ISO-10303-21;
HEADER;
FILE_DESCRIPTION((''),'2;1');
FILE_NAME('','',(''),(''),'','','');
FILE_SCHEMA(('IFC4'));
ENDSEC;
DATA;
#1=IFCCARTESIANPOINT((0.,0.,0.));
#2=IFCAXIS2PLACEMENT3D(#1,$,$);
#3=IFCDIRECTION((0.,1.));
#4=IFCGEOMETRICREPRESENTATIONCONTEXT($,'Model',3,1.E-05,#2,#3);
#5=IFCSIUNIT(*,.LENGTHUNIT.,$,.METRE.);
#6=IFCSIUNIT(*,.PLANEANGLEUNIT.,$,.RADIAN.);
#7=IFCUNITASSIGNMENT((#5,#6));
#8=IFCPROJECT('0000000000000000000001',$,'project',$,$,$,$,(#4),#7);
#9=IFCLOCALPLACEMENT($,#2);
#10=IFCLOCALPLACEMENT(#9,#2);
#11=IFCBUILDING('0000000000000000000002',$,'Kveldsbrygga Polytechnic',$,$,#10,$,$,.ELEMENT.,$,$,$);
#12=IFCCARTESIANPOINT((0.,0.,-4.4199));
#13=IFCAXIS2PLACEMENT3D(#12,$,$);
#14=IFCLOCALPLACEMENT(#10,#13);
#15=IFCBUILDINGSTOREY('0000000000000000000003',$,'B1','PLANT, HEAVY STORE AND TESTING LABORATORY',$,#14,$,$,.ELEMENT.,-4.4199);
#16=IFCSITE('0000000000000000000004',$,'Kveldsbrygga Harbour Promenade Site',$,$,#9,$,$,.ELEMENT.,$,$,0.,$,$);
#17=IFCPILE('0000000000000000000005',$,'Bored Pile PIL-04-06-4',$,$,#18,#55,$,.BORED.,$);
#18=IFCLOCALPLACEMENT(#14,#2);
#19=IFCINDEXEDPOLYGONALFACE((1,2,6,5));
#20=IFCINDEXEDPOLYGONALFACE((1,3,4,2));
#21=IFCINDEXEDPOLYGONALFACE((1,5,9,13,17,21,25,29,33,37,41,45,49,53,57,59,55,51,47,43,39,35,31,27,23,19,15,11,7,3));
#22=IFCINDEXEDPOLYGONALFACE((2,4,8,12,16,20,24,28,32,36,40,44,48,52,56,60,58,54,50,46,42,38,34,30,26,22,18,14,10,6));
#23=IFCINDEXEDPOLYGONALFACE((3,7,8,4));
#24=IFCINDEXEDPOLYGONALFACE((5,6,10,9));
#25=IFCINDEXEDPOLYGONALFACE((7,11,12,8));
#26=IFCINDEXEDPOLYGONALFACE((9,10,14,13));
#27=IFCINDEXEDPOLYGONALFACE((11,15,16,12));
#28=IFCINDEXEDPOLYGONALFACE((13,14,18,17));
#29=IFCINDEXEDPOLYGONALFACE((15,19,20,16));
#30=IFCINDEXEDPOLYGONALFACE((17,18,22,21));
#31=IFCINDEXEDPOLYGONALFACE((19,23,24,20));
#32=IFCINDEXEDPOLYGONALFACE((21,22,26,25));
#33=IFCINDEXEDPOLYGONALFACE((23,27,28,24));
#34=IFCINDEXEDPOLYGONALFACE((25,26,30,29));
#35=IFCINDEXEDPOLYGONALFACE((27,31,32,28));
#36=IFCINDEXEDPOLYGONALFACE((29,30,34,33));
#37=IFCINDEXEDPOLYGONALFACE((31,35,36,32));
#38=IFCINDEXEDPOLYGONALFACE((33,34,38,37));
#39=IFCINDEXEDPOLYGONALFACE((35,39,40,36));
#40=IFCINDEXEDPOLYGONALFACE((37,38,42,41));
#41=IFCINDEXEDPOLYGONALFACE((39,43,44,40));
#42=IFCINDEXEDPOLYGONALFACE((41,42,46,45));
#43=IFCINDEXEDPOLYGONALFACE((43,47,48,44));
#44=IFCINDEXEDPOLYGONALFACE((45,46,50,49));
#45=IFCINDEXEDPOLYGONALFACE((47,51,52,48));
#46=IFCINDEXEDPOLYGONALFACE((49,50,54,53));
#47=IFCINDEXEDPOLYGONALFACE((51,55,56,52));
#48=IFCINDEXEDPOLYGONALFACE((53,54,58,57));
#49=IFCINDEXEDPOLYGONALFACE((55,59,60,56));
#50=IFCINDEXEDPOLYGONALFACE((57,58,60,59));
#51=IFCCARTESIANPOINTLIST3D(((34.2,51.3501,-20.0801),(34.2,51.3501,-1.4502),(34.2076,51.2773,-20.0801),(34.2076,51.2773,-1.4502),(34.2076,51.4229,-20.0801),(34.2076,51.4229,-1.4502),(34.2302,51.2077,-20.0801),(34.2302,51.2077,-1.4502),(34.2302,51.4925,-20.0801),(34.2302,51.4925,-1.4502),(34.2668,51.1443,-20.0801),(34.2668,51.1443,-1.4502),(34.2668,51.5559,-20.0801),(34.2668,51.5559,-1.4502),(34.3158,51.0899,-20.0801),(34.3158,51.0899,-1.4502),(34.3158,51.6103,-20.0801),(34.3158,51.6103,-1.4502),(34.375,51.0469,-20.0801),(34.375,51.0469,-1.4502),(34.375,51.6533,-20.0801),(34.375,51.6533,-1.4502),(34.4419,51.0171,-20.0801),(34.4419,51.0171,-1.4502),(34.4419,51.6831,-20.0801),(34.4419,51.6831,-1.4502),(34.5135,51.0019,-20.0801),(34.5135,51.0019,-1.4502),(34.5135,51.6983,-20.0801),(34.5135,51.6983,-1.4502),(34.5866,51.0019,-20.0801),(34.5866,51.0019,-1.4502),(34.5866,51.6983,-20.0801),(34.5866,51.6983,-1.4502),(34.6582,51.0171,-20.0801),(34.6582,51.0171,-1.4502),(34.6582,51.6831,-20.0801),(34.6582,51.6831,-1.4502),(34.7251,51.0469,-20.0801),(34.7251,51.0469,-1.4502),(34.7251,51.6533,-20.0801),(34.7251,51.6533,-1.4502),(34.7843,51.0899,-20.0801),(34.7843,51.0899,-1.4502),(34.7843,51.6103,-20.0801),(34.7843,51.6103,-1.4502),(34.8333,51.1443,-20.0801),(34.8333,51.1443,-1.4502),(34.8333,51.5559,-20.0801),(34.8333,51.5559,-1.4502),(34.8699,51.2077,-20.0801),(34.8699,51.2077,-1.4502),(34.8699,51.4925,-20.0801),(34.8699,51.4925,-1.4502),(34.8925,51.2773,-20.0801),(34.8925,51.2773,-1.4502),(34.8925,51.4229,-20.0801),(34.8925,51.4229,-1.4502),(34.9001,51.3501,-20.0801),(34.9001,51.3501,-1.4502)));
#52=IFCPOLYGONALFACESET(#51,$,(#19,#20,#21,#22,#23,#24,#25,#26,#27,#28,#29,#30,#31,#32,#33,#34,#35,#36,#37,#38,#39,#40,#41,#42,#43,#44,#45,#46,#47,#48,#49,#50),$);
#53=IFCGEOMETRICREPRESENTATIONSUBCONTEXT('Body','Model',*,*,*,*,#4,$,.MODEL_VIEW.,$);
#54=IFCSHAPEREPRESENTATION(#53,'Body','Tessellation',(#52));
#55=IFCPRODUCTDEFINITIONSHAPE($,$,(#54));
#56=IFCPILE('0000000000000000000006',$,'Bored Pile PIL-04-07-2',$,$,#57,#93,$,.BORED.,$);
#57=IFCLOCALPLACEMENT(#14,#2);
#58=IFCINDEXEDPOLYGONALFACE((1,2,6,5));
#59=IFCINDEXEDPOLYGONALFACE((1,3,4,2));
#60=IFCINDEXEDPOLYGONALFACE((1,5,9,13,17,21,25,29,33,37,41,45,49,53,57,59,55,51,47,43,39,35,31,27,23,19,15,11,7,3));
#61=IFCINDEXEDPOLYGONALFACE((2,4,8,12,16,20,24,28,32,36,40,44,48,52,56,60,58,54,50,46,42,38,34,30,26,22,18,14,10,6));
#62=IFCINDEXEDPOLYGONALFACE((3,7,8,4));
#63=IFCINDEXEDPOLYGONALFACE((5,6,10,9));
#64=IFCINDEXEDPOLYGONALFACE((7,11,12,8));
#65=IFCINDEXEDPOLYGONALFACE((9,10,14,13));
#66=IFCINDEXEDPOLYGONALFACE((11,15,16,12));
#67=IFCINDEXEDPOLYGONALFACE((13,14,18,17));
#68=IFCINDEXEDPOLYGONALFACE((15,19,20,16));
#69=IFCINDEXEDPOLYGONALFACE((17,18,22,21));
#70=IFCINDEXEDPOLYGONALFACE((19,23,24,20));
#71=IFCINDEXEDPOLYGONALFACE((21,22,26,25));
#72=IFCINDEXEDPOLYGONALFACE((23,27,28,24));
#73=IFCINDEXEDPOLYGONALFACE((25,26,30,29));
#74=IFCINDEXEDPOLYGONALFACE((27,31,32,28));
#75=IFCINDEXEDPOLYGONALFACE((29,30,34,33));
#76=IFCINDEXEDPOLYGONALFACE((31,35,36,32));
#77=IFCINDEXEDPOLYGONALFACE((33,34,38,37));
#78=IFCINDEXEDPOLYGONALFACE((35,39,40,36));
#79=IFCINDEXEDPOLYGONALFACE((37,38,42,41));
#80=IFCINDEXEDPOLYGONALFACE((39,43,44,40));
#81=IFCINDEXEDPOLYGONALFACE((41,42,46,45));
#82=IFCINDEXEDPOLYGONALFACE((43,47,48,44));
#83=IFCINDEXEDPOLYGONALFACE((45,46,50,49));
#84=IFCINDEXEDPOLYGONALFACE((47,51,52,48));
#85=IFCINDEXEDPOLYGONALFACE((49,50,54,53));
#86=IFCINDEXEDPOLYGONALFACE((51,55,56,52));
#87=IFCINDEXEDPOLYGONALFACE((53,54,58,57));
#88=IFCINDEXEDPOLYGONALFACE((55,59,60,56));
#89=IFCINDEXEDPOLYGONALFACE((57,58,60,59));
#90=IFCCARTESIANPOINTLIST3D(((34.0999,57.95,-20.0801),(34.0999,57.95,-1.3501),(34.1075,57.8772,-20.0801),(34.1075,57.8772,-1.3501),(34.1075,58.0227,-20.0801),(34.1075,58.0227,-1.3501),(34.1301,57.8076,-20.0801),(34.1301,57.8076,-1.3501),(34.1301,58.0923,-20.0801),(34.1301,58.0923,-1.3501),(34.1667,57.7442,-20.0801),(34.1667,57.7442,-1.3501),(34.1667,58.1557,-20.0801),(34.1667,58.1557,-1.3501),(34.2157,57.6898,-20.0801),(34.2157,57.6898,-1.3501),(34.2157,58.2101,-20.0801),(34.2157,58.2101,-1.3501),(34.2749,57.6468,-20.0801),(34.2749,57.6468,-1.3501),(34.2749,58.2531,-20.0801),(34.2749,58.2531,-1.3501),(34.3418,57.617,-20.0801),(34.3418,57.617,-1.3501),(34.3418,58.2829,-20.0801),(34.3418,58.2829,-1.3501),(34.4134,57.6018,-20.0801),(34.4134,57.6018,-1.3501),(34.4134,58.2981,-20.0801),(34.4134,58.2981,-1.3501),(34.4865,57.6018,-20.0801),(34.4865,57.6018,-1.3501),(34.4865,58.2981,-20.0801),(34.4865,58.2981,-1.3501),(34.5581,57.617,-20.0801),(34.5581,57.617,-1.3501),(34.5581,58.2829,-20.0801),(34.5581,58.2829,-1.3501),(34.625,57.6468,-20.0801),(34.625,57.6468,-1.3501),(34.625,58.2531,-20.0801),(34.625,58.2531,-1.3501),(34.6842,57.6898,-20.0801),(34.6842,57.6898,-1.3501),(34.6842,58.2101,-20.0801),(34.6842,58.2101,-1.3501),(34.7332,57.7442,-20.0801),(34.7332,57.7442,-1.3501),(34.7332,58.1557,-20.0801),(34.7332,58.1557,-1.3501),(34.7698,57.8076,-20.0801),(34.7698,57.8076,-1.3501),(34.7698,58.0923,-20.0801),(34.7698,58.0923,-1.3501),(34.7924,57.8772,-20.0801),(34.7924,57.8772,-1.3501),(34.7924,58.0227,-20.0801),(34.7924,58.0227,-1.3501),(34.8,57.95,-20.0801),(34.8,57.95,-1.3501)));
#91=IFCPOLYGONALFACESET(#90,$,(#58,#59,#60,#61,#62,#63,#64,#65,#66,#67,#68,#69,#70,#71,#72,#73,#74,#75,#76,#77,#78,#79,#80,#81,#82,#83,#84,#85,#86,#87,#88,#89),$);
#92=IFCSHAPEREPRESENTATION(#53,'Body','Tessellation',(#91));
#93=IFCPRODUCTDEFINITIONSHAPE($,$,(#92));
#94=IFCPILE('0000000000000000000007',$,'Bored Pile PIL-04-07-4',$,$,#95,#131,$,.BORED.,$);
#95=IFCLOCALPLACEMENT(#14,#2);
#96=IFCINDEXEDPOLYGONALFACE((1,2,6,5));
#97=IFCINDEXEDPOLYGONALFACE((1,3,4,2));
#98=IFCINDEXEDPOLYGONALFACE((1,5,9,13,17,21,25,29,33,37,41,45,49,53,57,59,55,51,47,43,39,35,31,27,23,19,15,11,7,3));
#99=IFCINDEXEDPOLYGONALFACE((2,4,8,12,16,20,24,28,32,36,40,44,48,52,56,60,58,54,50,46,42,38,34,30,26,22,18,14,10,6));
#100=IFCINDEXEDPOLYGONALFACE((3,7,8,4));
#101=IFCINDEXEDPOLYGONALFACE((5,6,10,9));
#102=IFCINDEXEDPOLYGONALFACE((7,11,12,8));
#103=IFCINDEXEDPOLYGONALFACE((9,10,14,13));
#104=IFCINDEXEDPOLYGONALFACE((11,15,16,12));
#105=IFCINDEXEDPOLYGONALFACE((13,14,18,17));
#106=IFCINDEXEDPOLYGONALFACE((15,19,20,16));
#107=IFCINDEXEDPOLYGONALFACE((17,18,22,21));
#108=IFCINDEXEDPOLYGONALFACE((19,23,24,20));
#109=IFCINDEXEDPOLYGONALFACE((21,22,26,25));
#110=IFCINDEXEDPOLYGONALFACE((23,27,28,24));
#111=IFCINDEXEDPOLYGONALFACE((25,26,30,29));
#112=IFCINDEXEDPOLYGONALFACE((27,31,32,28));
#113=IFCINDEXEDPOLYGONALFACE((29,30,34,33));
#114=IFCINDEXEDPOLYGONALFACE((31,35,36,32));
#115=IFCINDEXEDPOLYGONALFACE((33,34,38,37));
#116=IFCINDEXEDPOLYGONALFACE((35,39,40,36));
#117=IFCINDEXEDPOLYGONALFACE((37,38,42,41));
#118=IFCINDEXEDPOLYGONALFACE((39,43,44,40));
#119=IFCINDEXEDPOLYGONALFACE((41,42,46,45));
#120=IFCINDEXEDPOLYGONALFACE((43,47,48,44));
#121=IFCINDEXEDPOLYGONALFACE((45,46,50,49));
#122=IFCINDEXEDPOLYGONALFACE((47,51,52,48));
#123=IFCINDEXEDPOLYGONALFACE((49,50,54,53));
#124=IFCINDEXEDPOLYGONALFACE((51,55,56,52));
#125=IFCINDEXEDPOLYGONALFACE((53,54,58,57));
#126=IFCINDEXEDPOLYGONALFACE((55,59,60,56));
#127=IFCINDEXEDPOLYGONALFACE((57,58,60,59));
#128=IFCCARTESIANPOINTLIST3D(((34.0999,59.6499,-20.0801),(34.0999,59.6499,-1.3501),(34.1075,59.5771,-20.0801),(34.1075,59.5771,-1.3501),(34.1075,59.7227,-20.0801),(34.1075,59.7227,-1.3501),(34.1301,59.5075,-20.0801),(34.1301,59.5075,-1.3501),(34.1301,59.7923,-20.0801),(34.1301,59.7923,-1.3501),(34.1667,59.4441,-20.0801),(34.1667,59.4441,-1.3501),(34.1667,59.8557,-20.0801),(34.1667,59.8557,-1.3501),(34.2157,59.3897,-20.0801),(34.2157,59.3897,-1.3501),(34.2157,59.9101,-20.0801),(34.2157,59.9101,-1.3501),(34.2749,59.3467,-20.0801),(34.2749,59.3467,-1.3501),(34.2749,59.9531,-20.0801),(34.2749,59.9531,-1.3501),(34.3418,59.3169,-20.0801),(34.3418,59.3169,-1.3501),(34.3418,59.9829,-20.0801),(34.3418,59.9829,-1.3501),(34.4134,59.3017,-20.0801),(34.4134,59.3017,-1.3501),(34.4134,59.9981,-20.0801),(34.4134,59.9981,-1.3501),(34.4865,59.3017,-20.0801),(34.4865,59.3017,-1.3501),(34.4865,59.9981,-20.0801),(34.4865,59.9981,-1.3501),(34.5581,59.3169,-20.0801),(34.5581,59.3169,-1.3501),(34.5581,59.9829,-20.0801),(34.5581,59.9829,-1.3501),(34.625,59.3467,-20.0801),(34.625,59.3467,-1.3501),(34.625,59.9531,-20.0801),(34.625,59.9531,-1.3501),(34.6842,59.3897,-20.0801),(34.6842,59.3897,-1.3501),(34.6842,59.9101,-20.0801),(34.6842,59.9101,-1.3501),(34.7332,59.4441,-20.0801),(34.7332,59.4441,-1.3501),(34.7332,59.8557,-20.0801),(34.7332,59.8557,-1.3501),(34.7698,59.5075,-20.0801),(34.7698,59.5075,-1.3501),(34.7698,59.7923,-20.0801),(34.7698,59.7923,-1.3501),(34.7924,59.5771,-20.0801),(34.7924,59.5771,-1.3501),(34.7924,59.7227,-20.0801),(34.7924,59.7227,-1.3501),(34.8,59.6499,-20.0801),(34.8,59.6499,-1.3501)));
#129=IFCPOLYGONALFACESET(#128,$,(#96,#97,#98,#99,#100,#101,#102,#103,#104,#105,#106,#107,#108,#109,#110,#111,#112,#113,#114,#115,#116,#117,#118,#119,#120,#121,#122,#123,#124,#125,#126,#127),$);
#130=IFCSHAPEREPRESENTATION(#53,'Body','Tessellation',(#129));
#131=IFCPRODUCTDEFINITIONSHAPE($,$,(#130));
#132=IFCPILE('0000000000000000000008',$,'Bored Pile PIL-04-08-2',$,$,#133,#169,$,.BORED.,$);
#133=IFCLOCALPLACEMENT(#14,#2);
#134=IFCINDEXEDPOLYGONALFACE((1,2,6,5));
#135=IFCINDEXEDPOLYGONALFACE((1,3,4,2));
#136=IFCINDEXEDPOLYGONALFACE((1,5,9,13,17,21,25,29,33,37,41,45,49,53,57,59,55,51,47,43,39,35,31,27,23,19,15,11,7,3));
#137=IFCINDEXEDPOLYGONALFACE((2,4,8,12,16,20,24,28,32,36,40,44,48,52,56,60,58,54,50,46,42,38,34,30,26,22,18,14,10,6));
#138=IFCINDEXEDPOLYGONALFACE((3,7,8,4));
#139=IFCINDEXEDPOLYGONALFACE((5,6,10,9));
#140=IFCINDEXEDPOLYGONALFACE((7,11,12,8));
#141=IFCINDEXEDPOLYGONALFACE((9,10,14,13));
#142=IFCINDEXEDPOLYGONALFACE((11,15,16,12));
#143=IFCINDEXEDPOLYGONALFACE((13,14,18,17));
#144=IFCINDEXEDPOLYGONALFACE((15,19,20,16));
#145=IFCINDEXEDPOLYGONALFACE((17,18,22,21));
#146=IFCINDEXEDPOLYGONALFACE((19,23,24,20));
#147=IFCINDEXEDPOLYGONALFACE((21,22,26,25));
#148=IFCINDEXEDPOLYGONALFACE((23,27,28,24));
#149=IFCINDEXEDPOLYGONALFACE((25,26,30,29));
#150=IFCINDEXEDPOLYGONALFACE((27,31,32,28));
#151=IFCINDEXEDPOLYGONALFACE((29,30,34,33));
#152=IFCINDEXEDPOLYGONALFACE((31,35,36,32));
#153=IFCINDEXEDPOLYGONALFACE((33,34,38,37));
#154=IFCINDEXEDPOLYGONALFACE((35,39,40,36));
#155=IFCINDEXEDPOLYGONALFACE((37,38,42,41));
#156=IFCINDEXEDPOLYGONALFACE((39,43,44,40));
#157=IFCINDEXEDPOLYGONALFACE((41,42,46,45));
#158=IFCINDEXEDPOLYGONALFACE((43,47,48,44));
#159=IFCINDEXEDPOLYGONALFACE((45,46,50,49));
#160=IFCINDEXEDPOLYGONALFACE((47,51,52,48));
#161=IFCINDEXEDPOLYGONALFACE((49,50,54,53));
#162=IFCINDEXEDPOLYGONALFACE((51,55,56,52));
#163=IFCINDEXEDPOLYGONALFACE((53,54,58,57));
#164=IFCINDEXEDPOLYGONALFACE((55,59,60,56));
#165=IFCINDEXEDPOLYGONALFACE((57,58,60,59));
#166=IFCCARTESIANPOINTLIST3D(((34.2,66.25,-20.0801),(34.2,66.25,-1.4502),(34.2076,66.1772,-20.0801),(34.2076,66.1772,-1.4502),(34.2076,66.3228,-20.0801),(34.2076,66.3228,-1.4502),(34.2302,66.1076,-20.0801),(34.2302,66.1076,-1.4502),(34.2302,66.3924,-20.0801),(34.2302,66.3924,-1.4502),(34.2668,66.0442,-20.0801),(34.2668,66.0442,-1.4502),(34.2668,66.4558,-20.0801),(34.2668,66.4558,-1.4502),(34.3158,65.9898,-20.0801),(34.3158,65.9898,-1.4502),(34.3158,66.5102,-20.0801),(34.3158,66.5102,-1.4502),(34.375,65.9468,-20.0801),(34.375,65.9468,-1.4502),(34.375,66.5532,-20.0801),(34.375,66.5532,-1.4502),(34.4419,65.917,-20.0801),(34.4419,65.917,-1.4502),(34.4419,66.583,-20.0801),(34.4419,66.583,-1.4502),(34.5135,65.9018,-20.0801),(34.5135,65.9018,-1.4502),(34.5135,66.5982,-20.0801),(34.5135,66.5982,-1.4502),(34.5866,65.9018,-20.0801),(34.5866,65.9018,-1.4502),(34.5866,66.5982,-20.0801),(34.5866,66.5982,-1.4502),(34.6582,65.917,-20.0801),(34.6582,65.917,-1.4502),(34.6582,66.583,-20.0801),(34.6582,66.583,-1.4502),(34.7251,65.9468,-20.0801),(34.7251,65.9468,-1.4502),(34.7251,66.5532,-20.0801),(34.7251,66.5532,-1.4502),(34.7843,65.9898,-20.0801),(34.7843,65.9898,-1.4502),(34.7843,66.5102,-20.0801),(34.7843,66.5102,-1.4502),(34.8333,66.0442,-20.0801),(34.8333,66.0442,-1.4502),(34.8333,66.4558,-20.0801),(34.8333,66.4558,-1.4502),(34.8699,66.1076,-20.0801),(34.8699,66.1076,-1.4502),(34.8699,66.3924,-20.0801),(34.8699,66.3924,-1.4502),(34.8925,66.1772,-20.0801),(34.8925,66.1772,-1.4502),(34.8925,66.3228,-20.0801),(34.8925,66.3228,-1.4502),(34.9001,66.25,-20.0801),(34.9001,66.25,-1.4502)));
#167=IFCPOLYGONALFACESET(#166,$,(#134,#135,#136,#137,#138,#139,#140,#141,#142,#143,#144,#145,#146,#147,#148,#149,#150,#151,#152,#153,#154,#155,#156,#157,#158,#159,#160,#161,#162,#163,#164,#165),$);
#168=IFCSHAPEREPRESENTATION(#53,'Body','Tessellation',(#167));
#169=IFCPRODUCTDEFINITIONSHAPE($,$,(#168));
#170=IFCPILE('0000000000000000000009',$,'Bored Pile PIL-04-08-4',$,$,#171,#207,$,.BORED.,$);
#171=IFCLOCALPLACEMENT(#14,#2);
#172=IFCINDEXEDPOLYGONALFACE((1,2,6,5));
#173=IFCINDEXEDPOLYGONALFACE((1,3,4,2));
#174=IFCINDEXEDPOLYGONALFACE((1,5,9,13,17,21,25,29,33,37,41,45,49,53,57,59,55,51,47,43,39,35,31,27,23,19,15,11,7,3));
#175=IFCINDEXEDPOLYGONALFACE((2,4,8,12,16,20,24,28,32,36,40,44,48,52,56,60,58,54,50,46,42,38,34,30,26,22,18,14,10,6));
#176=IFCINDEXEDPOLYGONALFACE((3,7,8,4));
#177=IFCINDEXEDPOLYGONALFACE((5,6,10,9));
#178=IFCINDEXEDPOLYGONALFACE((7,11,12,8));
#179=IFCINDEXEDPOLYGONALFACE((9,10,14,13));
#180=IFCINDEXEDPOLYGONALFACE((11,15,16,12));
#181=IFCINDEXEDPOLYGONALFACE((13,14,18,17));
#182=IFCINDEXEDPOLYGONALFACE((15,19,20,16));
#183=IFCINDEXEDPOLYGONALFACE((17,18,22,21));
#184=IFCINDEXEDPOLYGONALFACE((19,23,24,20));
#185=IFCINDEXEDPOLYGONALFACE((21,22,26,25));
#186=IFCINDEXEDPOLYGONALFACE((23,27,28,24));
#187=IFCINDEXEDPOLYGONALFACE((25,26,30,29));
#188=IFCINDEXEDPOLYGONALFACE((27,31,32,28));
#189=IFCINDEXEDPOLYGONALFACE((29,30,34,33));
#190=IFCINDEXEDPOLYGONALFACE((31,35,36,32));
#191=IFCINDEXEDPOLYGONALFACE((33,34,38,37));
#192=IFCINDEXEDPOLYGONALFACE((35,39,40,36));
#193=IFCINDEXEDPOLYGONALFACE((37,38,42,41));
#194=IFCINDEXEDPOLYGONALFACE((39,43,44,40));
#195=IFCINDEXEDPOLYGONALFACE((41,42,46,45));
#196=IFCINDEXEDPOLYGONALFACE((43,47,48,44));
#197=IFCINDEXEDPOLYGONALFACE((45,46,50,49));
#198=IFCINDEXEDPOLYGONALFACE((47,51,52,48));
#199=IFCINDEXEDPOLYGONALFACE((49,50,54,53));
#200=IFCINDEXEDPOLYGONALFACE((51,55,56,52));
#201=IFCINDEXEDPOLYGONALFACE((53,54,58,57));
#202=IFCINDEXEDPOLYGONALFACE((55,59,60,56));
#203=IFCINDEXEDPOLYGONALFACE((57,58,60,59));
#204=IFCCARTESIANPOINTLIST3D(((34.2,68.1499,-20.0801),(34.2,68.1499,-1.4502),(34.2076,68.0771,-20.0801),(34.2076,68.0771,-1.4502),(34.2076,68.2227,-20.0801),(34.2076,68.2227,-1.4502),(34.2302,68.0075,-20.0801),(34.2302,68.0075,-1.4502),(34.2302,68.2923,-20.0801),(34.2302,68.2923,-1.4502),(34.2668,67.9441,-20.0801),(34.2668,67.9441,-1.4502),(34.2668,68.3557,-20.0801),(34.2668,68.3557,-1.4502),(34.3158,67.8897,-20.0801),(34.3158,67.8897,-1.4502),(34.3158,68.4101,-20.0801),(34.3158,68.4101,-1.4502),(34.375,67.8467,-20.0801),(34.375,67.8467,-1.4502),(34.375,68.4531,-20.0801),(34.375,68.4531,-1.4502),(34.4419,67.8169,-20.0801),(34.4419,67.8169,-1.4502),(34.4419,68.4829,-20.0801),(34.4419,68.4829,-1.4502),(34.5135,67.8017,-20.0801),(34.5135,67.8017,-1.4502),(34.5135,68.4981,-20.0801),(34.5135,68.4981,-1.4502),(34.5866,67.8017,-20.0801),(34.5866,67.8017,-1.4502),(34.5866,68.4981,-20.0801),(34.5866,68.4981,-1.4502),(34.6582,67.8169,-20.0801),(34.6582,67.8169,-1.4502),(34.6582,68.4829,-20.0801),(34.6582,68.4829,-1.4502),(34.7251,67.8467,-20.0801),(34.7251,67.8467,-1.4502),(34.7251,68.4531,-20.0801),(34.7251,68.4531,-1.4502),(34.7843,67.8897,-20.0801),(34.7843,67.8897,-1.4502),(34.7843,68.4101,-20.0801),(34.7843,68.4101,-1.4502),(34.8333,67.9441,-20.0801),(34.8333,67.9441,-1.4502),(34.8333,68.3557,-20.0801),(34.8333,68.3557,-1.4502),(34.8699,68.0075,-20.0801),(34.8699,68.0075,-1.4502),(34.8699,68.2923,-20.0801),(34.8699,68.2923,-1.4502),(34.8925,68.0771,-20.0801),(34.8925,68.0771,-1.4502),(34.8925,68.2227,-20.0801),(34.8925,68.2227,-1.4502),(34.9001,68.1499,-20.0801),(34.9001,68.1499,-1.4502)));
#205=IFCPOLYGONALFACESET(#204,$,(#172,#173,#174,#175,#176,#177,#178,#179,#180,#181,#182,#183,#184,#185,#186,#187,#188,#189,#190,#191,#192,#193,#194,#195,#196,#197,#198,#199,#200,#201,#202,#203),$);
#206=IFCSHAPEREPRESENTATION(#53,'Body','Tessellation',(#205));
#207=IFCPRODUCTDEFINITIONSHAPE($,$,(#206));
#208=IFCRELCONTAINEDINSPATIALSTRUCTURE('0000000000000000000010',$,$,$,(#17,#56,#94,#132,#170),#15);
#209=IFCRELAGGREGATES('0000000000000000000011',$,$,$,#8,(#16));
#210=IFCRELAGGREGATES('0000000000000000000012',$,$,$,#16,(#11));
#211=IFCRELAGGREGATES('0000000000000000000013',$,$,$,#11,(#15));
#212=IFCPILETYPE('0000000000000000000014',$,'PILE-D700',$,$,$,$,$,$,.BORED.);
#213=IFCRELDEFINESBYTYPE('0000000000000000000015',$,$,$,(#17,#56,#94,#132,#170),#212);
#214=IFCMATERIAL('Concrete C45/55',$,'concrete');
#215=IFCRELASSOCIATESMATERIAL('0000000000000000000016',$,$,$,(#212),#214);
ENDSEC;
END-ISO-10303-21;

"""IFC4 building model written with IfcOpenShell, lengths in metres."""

from ifc_helpers import new_model, si_unit, direction, frame, origin, origin_2d, place, context, subcontext, project, spatial, circle, extrude, material, material_profile, profile_set, type_object, element, save


model = new_model("IFC4")

# Units and contexts
model_context = context("Model", 3, precision=1e-05, world=origin(), true_north=direction((0.0, 1.0)))
body_context = subcontext(model_context, "Body", "Model", "MODEL_VIEW")
ifc_project = project(units=[si_unit("LENGTHUNIT", "METRE"), si_unit("PLANEANGLEUNIT", "RADIAN")], contexts=[model_context])

# Site, building, storey
site_placement = place(None, origin())
site = spatial("IfcSite", under=ifc_project, at=site_placement, Name="Kveldsbrygga Harbour Promenade Site", CompositionType="ELEMENT", RefElevation=0.0)
building_placement = place(site_placement, origin())
building = spatial("IfcBuilding", under=site, at=building_placement, Name="Kveldsbrygga Polytechnic", CompositionType="ELEMENT")
storey_placement = place(building_placement, frame((0.0, 0.0, -4.4199)))
storey = spatial("IfcBuildingStorey", under=building, at=storey_placement, Name="B1", Description="PLANT, HEAVY STORE AND TESTING LABORATORY", CompositionType="ELEMENT", Elevation=-4.4199)

# Shared definitions
ifc_material_1 = material(Name="Concrete C45/55", Category="concrete")

# Piles
ifc_material_profile_1 = material_profile(ifc_material_1, circle(Radius=0.3501, at=origin_2d()), Name="PILE D700")
ifc_profile_set_1 = profile_set([ifc_material_profile_1], Name="Concrete C45/55")
pile_type_1 = type_object("IfcPileType", Name="PILE-D700", PredefinedType="BORED", material=ifc_profile_set_1)
for number, where, z_axis, x_axis, name in (
    (1, (34.55, 51.3501, -1.4502), (0.0, 0.0, -1.0), (1.0, 0.0, 0.0), "Bored Pile PIL-04-06-4"),
):
    element("IfcPile", number, at=place(storey_placement, frame(where, z_axis=z_axis, x_axis=x_axis)), inside=storey, type_object=pile_type_1, Name=name, PredefinedType="BORED", context=body_context, shape_type="SweptSolid", body=[
        extrude(circle(Radius=0.3501, at=origin_2d()), origin(), (0.0, 0.0, 1.0), 18.6299),
    ])
for number, where, z_axis, x_axis, name in (
    (2, (34.45, 57.95, -1.3501), (0.0, 0.0, -1.0), (1.0, 0.0, 0.0), "Bored Pile PIL-04-07-2"),
    (3, (34.45, 59.6499, -1.3501), (0.0, 0.0, -1.0), (1.0, 0.0, 0.0), "Bored Pile PIL-04-07-4"),
):
    element("IfcPile", number, at=place(storey_placement, frame(where, z_axis=z_axis, x_axis=x_axis)), inside=storey, type_object=pile_type_1, Name=name, PredefinedType="BORED", context=body_context, shape_type="SweptSolid", body=[
        extrude(circle(Radius=0.3501, at=origin_2d()), origin(), (0.0, 0.0, 1.0), 18.73),
    ])
for number, where, z_axis, x_axis, name in (
    (4, (34.55, 66.25, -1.4502), (0.0, 0.0, -1.0), (1.0, 0.0, 0.0), "Bored Pile PIL-04-08-2"),
    (5, (34.55, 68.1499, -1.4502), (0.0, 0.0, -1.0), (1.0, 0.0, 0.0), "Bored Pile PIL-04-08-4"),
):
    element("IfcPile", number, at=place(storey_placement, frame(where, z_axis=z_axis, x_axis=x_axis)), inside=storey, type_object=pile_type_1, Name=name, PredefinedType="BORED", context=body_context, shape_type="SweptSolid", body=[
        extrude(circle(Radius=0.3501, at=origin_2d()), origin(), (0.0, 0.0, 1.0), 18.6299),
    ])

save(model, "model.ifc")
